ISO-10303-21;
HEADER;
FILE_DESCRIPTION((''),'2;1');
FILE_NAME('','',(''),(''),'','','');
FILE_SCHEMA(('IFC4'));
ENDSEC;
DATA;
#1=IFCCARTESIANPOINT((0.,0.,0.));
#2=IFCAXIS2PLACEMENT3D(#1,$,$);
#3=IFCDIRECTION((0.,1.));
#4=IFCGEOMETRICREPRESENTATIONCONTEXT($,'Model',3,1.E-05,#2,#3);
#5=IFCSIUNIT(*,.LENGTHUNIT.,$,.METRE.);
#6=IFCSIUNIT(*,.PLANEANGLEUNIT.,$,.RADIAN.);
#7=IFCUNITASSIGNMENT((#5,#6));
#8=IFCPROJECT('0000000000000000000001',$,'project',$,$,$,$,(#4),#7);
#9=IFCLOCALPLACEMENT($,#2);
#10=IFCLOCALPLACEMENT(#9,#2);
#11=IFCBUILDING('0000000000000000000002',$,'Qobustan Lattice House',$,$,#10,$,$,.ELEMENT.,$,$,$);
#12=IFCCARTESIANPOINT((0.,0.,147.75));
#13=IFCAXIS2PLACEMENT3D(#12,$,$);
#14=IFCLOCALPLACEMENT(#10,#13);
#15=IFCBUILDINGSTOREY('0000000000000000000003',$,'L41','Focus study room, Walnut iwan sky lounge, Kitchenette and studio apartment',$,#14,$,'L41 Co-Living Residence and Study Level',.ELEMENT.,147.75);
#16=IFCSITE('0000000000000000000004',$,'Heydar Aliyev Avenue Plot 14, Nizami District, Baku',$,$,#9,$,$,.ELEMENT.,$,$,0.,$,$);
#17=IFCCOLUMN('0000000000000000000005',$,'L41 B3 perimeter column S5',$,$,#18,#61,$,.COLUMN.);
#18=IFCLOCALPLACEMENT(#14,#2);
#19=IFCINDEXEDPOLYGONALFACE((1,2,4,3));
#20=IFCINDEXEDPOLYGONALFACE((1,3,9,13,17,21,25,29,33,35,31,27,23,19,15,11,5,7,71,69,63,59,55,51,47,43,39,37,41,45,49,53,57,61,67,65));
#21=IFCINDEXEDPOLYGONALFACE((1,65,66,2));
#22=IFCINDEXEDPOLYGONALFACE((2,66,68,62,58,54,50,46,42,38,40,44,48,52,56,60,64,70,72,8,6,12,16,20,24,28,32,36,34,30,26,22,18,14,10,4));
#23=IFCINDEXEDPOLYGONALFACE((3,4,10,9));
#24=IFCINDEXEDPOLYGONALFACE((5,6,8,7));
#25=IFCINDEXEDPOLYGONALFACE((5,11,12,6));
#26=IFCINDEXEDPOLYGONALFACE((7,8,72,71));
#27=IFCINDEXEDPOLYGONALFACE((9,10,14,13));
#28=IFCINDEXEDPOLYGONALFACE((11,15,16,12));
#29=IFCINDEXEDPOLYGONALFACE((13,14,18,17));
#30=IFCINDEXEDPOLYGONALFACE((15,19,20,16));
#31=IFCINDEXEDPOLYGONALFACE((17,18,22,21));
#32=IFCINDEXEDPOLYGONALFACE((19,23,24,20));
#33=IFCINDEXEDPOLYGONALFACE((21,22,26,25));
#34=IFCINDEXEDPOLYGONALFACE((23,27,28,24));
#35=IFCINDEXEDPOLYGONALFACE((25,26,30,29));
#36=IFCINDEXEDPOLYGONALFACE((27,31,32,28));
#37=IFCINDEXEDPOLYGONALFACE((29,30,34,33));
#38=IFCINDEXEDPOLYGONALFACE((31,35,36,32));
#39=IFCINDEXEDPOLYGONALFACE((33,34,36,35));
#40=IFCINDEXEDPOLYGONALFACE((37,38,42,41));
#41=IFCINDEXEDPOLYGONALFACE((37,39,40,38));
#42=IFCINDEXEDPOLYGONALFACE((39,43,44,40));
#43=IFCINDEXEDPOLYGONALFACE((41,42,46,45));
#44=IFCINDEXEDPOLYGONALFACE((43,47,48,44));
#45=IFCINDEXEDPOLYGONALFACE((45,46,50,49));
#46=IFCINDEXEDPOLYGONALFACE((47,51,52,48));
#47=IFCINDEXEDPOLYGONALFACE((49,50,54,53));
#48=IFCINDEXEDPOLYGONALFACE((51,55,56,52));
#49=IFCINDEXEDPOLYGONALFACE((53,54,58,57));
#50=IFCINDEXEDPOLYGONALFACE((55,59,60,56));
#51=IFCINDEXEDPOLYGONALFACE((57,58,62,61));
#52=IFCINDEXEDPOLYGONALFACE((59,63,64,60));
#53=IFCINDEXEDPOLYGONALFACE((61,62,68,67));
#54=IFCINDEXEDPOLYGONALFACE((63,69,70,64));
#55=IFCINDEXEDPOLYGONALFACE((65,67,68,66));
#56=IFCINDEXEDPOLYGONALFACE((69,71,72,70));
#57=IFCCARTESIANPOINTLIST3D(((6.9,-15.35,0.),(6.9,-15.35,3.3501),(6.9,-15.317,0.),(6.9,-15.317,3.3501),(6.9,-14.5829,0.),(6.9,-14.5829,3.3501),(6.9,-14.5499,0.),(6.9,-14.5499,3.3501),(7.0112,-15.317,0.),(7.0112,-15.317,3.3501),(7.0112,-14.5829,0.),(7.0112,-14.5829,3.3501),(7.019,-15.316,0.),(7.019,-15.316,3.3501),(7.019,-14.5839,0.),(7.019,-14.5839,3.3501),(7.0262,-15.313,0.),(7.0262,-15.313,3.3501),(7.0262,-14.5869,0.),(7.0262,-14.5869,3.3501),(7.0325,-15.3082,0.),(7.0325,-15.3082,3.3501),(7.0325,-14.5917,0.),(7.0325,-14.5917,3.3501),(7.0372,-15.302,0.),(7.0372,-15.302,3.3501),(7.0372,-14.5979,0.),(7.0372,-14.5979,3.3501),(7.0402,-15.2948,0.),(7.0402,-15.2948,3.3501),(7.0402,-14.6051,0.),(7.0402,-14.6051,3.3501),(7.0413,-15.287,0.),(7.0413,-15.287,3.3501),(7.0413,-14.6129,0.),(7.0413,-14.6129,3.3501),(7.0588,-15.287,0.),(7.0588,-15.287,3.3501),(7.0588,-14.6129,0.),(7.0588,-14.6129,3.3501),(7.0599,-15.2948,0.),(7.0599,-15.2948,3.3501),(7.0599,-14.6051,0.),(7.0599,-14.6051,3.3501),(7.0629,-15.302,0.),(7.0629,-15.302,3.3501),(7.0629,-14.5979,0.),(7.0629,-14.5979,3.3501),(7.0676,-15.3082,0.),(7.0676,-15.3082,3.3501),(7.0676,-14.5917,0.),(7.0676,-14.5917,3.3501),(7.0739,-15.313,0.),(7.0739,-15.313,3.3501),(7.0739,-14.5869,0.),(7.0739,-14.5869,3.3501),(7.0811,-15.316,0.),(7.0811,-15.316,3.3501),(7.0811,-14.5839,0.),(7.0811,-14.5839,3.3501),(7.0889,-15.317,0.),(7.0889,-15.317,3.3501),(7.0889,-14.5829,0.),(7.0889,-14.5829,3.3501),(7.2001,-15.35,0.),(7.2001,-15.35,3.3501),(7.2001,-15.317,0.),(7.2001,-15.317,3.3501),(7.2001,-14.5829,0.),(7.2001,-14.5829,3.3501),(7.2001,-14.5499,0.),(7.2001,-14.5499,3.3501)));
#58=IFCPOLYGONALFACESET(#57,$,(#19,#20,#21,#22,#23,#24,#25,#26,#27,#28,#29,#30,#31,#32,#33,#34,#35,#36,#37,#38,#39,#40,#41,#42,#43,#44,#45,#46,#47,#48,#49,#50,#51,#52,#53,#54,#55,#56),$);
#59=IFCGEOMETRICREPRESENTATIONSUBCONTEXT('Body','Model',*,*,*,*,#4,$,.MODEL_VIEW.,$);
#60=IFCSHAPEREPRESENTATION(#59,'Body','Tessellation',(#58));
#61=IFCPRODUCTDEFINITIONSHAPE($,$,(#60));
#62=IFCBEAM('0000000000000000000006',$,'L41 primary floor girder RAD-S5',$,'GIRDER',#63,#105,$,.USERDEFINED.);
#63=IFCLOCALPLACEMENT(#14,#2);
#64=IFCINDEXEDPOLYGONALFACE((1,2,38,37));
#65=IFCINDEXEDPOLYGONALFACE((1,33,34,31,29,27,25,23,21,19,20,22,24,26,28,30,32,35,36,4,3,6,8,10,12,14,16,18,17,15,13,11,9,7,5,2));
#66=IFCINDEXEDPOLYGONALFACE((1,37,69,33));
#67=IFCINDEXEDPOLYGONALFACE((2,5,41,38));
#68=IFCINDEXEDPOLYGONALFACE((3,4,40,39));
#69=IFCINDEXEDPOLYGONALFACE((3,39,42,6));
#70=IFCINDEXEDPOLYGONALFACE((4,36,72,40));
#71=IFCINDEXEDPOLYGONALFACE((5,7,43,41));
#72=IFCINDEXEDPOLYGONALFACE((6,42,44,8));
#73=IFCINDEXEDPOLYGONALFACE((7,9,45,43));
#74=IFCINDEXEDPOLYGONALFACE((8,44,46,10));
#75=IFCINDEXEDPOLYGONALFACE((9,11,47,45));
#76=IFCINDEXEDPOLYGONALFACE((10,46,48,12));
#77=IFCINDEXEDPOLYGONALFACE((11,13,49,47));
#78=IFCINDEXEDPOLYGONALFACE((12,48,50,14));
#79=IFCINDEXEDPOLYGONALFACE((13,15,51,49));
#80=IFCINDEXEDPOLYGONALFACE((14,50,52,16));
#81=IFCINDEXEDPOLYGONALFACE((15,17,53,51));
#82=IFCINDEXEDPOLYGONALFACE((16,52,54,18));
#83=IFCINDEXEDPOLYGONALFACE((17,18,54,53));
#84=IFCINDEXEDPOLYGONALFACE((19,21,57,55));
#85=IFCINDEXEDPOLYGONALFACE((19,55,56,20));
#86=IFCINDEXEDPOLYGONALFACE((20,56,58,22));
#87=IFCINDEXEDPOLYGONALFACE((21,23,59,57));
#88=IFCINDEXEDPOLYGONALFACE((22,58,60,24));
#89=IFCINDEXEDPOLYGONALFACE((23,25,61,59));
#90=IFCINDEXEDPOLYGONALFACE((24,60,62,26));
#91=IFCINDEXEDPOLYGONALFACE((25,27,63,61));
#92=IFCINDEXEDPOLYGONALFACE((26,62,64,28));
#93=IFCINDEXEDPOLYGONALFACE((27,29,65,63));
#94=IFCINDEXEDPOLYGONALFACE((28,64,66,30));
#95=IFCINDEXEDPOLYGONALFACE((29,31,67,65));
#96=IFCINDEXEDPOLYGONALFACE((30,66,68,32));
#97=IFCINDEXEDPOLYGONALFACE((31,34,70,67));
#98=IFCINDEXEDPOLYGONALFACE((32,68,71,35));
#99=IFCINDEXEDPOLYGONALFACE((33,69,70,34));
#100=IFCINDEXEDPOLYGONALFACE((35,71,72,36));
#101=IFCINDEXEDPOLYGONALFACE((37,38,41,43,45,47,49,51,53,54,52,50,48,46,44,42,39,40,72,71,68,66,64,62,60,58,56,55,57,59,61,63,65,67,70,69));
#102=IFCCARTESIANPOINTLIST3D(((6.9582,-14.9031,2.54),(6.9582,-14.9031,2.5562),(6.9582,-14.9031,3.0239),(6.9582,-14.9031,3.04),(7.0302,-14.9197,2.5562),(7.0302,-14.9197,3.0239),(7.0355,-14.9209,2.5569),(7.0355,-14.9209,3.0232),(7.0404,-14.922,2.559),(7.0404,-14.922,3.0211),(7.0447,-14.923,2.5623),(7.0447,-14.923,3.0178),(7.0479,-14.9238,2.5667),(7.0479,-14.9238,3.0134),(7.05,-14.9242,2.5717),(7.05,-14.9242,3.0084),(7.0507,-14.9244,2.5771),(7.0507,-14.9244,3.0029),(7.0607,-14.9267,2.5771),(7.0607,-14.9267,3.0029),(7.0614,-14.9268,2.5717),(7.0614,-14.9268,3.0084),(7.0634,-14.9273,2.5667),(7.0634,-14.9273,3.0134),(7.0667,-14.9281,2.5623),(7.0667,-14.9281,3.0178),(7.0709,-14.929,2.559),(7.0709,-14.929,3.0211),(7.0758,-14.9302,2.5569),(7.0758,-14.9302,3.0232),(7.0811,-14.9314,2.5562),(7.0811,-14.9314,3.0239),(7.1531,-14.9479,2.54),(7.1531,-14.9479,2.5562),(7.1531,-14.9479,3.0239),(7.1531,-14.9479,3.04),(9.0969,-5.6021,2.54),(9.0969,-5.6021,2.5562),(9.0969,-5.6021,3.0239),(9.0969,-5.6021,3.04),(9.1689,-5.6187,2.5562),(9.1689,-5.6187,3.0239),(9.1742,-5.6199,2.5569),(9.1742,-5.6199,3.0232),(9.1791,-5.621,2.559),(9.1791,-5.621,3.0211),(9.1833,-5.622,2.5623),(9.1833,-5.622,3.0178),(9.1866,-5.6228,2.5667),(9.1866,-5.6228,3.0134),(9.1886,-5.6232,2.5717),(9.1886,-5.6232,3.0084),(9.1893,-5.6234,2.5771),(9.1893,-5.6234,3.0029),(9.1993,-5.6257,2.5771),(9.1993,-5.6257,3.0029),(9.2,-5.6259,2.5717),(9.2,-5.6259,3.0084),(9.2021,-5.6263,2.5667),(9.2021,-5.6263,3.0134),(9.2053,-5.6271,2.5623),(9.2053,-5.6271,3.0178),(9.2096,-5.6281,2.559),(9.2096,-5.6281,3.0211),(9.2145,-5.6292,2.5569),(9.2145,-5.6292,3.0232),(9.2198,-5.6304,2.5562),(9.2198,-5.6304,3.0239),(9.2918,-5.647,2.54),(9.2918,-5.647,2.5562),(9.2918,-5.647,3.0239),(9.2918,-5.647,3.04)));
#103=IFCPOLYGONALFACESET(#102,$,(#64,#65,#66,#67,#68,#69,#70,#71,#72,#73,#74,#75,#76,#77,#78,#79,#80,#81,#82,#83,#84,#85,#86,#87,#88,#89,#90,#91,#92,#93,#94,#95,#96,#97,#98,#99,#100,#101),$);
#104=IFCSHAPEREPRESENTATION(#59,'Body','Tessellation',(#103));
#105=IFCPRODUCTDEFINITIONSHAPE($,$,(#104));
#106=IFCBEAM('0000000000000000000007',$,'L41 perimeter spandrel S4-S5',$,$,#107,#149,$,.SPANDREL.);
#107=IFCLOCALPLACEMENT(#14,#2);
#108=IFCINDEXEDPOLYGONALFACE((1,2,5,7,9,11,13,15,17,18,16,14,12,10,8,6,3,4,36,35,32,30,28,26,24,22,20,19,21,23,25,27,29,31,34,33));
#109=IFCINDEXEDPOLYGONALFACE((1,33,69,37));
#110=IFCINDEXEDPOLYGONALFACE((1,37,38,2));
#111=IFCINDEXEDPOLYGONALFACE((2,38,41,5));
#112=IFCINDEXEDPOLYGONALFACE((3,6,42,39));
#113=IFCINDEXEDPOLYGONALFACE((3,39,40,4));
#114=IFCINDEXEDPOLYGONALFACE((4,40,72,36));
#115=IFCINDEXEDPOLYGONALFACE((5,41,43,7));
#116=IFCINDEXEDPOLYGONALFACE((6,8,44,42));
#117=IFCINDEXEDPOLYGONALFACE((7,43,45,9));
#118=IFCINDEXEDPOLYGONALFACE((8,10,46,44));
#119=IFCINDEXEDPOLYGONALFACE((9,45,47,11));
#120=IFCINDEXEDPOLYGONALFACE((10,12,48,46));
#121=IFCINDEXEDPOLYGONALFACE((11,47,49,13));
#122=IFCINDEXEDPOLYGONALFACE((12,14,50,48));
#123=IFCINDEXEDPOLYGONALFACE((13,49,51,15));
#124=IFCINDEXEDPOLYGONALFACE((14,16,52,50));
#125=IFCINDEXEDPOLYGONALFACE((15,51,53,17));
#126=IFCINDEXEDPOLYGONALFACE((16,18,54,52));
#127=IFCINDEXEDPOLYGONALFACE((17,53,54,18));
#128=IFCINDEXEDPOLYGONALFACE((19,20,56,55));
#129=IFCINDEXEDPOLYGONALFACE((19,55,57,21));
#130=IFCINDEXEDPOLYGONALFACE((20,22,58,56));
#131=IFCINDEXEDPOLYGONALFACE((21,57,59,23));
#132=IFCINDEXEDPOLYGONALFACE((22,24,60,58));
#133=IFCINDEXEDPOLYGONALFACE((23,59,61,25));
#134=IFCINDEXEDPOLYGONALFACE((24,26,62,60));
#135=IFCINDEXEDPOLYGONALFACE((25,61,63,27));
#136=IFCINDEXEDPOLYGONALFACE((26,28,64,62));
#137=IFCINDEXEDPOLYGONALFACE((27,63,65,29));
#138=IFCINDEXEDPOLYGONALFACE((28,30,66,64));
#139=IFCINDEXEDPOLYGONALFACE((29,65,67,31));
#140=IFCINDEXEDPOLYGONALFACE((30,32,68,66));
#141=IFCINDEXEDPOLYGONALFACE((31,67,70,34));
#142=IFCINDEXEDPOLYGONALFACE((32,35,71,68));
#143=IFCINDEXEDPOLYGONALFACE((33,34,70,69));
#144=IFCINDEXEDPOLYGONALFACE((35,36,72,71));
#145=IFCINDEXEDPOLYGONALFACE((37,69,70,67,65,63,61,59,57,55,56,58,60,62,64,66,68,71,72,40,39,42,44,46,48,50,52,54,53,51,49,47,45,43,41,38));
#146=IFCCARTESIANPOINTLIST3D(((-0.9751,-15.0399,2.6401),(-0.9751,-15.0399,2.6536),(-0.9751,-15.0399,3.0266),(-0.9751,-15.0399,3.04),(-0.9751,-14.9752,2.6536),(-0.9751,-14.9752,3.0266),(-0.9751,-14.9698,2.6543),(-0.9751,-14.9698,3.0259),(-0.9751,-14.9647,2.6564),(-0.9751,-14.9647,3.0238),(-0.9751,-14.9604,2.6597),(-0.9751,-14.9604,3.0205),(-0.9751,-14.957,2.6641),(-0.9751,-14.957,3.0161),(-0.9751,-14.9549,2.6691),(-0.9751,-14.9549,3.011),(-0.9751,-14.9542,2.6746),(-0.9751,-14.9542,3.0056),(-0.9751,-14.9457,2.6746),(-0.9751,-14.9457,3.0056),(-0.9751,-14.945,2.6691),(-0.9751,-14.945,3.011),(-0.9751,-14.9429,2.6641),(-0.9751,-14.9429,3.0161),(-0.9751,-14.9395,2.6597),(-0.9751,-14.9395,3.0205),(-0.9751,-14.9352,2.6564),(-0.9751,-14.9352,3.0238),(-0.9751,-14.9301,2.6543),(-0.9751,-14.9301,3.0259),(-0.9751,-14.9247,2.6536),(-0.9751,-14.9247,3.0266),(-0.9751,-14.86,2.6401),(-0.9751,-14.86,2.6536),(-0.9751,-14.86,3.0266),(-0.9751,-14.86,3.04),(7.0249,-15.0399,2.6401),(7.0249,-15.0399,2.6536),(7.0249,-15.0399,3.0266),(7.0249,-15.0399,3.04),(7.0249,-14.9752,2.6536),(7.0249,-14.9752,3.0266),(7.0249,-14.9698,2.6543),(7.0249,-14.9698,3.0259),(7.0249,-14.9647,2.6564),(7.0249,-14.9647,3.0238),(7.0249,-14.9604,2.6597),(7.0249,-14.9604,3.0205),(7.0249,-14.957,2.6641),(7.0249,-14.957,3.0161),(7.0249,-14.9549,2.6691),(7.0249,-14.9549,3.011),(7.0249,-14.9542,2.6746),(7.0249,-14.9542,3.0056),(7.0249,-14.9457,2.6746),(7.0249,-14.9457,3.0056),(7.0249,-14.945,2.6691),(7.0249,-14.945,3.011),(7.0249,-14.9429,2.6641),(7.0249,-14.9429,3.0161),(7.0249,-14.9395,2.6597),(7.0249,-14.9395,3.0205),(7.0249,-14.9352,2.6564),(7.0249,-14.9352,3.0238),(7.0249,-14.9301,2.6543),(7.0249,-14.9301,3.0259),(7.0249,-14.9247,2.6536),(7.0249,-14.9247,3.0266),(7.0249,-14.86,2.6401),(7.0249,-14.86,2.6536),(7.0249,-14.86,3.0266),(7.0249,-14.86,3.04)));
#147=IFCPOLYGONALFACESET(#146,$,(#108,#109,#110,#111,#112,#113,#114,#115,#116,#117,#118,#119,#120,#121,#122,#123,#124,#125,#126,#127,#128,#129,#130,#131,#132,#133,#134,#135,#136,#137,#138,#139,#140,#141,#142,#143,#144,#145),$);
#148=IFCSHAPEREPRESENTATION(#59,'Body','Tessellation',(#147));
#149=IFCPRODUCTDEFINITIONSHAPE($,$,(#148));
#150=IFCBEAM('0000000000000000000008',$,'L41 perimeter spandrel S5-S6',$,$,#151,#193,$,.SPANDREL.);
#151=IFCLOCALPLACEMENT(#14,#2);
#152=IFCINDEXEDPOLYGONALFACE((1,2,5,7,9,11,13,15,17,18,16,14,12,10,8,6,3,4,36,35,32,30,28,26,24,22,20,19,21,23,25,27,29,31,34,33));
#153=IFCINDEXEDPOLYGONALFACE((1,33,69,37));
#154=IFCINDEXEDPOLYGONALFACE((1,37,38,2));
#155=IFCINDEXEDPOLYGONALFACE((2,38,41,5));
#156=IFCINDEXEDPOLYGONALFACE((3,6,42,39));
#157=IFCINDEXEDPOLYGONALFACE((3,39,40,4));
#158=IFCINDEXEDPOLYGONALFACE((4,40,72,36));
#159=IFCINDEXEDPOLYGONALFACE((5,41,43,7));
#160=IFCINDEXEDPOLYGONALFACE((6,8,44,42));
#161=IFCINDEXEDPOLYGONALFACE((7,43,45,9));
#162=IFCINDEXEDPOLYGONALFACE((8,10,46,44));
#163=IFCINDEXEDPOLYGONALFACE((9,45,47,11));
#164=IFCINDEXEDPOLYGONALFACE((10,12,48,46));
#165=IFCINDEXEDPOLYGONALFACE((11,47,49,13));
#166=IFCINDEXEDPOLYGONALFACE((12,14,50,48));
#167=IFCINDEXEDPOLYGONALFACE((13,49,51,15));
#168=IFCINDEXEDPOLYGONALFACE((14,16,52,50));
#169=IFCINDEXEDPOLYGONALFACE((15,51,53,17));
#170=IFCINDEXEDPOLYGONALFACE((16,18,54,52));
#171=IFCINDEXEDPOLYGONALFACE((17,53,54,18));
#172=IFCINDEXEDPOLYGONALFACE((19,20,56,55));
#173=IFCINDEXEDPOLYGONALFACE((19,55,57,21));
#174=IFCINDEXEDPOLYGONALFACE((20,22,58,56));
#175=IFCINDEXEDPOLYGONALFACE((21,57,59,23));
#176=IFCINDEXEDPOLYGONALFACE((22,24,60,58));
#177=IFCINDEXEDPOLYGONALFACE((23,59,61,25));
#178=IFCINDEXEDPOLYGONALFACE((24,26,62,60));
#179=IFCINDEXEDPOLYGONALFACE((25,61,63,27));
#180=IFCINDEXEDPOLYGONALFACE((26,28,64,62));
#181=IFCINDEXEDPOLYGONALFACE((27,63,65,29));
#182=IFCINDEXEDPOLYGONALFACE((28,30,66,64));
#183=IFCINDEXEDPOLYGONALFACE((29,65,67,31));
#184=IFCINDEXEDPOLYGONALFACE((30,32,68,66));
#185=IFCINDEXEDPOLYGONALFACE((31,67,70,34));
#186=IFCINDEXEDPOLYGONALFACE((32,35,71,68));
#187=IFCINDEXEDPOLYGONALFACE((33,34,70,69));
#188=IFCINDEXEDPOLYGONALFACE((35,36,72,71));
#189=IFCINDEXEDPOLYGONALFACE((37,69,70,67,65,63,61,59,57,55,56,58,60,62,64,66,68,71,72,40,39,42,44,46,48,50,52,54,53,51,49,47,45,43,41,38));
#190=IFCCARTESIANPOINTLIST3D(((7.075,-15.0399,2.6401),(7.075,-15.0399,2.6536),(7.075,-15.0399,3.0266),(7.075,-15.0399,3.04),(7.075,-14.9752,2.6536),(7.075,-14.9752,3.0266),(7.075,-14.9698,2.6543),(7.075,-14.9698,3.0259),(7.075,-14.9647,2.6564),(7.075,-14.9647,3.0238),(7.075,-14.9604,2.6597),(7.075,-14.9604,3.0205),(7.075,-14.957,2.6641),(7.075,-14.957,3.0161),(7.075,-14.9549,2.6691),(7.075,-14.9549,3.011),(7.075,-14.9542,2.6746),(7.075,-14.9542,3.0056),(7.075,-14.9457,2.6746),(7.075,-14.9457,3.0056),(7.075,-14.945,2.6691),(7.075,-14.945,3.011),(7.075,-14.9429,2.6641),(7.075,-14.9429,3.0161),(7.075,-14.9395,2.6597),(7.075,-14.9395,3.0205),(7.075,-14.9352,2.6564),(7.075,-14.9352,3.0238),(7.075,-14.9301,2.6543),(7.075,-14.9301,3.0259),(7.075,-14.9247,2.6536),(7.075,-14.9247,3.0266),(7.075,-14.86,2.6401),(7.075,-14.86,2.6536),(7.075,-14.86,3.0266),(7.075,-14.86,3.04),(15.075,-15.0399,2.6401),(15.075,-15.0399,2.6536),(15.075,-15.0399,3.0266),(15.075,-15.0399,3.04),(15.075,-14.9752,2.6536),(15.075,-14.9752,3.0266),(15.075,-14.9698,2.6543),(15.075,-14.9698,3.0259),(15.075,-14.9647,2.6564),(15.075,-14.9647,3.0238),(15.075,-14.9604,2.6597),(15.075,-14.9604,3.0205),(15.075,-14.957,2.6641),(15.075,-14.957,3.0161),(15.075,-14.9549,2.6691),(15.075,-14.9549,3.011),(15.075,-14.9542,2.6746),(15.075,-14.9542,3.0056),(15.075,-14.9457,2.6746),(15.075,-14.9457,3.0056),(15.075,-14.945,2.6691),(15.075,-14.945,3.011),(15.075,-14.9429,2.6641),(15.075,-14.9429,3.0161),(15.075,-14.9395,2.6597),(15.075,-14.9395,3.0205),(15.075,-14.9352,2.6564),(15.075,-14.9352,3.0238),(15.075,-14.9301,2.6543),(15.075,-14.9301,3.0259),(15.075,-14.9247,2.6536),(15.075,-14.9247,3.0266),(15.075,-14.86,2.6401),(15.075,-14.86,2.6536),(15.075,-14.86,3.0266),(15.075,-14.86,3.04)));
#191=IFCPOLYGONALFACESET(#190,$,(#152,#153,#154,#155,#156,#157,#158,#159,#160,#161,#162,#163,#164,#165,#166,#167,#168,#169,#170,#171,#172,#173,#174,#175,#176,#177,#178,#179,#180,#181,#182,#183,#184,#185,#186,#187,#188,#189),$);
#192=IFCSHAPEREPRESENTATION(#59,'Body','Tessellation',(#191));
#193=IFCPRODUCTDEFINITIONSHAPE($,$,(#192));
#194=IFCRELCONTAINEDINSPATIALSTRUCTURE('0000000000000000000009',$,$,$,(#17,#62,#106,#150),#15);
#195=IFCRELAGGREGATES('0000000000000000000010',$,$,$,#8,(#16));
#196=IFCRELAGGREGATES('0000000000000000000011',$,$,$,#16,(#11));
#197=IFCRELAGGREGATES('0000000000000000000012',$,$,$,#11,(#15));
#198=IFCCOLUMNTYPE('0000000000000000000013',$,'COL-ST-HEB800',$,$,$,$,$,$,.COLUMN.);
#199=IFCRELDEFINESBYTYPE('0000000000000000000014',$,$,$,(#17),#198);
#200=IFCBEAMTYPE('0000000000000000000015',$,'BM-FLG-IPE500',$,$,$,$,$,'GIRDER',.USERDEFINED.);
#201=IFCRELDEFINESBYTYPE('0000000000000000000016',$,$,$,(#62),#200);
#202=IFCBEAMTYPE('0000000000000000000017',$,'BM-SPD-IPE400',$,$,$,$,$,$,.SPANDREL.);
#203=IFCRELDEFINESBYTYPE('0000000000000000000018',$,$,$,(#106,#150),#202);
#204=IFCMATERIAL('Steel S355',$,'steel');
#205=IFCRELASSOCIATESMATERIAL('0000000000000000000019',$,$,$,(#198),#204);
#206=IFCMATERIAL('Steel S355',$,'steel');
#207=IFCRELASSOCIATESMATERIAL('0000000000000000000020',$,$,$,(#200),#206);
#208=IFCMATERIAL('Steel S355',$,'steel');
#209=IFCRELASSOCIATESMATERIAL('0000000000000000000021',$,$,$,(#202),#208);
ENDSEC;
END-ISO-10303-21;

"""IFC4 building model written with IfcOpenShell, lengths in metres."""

from ifc_helpers import new_model, si_unit, direction, frame, origin, origin_2d, place, context, subcontext, project, spatial, i_section, extrude, material, material_profile, profile_set, type_object, element, save


model = new_model("IFC4")

# Units and contexts
model_context = context("Model", 3, precision=1e-05, world=origin(), true_north=direction((0.0, 1.0)))
body_context = subcontext(model_context, "Body", "Model", "MODEL_VIEW")
ifc_project = project(units=[si_unit("LENGTHUNIT", "METRE"), si_unit("PLANEANGLEUNIT", "RADIAN")], contexts=[model_context])

# Site, building, storey
site_placement = place(None, origin())
site = spatial("IfcSite", under=ifc_project, at=site_placement, Name="Heydar Aliyev Avenue Plot 14, Nizami District, Baku", CompositionType="ELEMENT", RefElevation=0.0)
building_placement = place(site_placement, origin())
building = spatial("IfcBuilding", under=site, at=building_placement, Name="Qobustan Lattice House", CompositionType="ELEMENT")
storey_placement = place(building_placement, frame((0.0, 0.0, 147.75)))
storey = spatial("IfcBuildingStorey", under=building, at=storey_placement, Name="L41", Description="Focus study room, Walnut iwan sky lounge, Kitchenette and studio apartment", LongName="L41 Co-Living Residence and Study Level", CompositionType="ELEMENT", Elevation=147.75)

# Column
ifc_material_1 = material(Name="Steel S355", Category="steel")
ifc_material_profile_1 = material_profile(ifc_material_1, i_section(OverallWidth=0.3, OverallDepth=0.8, WebThickness=0.0176, FlangeThickness=0.033, FilletRadius=0.03, at=origin_2d()), Name="HEB800")
ifc_profile_set_1 = profile_set([ifc_material_profile_1], Name="Steel S355")
column_type = type_object("IfcColumnType", Name="COL-ST-HEB800", PredefinedType="COLUMN", material=ifc_profile_set_1)
column_placement = place(storey_placement, frame((7.05, -14.95, 0.0), z_axis=(0.0, 0.0, 1.0), x_axis=(1.0, 0.0, 0.0)))
element("IfcColumn", 1, at=column_placement, inside=storey, type_object=column_type, Name="L41 B3 perimeter column S5", PredefinedType="COLUMN", context=body_context, shape_type="SweptSolid", body=[
    extrude(i_section(OverallWidth=0.3, OverallDepth=0.8, WebThickness=0.0176, FlangeThickness=0.033, FilletRadius=0.03, at=origin_2d()), origin(), (0.0, 0.0, 1.0), 3.3501),
])

# Beams
ifc_material_2 = material(Name="Steel S355", Category="steel")
ifc_material_profile_2 = material_profile(ifc_material_2, i_section(OverallWidth=0.2, OverallDepth=0.5, WebThickness=0.0103, FlangeThickness=0.0161, FilletRadius=0.021, at=origin_2d()), Name="IPE500")
ifc_profile_set_2 = profile_set([ifc_material_profile_2], Name="Steel S355")
beam_type_1 = type_object("IfcBeamType", Name="BM-FLG-IPE500", ElementType="GIRDER", PredefinedType="USERDEFINED", material=ifc_profile_set_2)
beam_placement = place(storey_placement, frame((7.0557, -14.9255, 2.79), z_axis=(0.224092, 0.974568, 0.0), x_axis=(-0.974568, 0.224092, 0.0)))
element("IfcBeam", 2, at=beam_placement, inside=storey, type_object=beam_type_1, Name="L41 primary floor girder RAD-S5", ObjectType="GIRDER", PredefinedType="USERDEFINED", context=body_context, shape_type="SweptSolid", body=[
    extrude(i_section(OverallWidth=0.2, OverallDepth=0.5, WebThickness=0.0103, FlangeThickness=0.0161, FilletRadius=0.021, at=origin_2d()), origin(), (0.0, 0.0, 1.0), 9.5437),
])
ifc_material_3 = material(Name="Steel S355", Category="steel")
ifc_material_profile_3 = material_profile(ifc_material_3, i_section(OverallWidth=0.1799, OverallDepth=0.3999, WebThickness=0.0085, FlangeThickness=0.0134, FilletRadius=0.021, at=origin_2d()), Name="IPE400")
ifc_profile_set_3 = profile_set([ifc_material_profile_3], Name="Steel S355")
beam_type_2 = type_object("IfcBeamType", Name="BM-SPD-IPE400", PredefinedType="SPANDREL", material=ifc_profile_set_3)
for number, where, z_axis, x_axis, name in (
    (3, (-0.9751, -14.95, 2.8401), (1.0, 0.0, 0.0), (0.0, 1.0, 0.0), "L41 perimeter spandrel S4-S5"),
    (4, (7.075, -14.95, 2.8401), (1.0, 0.0, 0.0), (0.0, 1.0, 0.0), "L41 perimeter spandrel S5-S6"),
):
    element("IfcBeam", number, at=place(storey_placement, frame(where, z_axis=z_axis, x_axis=x_axis)), inside=storey, type_object=beam_type_2, Name=name, PredefinedType="SPANDREL", context=body_context, shape_type="SweptSolid", body=[
        extrude(i_section(OverallWidth=0.1799, OverallDepth=0.3999, WebThickness=0.0085, FlangeThickness=0.0134, FilletRadius=0.021, at=origin_2d()), origin(), (0.0, 0.0, 1.0), 8.0),
    ])

save(model, "model.ifc")
